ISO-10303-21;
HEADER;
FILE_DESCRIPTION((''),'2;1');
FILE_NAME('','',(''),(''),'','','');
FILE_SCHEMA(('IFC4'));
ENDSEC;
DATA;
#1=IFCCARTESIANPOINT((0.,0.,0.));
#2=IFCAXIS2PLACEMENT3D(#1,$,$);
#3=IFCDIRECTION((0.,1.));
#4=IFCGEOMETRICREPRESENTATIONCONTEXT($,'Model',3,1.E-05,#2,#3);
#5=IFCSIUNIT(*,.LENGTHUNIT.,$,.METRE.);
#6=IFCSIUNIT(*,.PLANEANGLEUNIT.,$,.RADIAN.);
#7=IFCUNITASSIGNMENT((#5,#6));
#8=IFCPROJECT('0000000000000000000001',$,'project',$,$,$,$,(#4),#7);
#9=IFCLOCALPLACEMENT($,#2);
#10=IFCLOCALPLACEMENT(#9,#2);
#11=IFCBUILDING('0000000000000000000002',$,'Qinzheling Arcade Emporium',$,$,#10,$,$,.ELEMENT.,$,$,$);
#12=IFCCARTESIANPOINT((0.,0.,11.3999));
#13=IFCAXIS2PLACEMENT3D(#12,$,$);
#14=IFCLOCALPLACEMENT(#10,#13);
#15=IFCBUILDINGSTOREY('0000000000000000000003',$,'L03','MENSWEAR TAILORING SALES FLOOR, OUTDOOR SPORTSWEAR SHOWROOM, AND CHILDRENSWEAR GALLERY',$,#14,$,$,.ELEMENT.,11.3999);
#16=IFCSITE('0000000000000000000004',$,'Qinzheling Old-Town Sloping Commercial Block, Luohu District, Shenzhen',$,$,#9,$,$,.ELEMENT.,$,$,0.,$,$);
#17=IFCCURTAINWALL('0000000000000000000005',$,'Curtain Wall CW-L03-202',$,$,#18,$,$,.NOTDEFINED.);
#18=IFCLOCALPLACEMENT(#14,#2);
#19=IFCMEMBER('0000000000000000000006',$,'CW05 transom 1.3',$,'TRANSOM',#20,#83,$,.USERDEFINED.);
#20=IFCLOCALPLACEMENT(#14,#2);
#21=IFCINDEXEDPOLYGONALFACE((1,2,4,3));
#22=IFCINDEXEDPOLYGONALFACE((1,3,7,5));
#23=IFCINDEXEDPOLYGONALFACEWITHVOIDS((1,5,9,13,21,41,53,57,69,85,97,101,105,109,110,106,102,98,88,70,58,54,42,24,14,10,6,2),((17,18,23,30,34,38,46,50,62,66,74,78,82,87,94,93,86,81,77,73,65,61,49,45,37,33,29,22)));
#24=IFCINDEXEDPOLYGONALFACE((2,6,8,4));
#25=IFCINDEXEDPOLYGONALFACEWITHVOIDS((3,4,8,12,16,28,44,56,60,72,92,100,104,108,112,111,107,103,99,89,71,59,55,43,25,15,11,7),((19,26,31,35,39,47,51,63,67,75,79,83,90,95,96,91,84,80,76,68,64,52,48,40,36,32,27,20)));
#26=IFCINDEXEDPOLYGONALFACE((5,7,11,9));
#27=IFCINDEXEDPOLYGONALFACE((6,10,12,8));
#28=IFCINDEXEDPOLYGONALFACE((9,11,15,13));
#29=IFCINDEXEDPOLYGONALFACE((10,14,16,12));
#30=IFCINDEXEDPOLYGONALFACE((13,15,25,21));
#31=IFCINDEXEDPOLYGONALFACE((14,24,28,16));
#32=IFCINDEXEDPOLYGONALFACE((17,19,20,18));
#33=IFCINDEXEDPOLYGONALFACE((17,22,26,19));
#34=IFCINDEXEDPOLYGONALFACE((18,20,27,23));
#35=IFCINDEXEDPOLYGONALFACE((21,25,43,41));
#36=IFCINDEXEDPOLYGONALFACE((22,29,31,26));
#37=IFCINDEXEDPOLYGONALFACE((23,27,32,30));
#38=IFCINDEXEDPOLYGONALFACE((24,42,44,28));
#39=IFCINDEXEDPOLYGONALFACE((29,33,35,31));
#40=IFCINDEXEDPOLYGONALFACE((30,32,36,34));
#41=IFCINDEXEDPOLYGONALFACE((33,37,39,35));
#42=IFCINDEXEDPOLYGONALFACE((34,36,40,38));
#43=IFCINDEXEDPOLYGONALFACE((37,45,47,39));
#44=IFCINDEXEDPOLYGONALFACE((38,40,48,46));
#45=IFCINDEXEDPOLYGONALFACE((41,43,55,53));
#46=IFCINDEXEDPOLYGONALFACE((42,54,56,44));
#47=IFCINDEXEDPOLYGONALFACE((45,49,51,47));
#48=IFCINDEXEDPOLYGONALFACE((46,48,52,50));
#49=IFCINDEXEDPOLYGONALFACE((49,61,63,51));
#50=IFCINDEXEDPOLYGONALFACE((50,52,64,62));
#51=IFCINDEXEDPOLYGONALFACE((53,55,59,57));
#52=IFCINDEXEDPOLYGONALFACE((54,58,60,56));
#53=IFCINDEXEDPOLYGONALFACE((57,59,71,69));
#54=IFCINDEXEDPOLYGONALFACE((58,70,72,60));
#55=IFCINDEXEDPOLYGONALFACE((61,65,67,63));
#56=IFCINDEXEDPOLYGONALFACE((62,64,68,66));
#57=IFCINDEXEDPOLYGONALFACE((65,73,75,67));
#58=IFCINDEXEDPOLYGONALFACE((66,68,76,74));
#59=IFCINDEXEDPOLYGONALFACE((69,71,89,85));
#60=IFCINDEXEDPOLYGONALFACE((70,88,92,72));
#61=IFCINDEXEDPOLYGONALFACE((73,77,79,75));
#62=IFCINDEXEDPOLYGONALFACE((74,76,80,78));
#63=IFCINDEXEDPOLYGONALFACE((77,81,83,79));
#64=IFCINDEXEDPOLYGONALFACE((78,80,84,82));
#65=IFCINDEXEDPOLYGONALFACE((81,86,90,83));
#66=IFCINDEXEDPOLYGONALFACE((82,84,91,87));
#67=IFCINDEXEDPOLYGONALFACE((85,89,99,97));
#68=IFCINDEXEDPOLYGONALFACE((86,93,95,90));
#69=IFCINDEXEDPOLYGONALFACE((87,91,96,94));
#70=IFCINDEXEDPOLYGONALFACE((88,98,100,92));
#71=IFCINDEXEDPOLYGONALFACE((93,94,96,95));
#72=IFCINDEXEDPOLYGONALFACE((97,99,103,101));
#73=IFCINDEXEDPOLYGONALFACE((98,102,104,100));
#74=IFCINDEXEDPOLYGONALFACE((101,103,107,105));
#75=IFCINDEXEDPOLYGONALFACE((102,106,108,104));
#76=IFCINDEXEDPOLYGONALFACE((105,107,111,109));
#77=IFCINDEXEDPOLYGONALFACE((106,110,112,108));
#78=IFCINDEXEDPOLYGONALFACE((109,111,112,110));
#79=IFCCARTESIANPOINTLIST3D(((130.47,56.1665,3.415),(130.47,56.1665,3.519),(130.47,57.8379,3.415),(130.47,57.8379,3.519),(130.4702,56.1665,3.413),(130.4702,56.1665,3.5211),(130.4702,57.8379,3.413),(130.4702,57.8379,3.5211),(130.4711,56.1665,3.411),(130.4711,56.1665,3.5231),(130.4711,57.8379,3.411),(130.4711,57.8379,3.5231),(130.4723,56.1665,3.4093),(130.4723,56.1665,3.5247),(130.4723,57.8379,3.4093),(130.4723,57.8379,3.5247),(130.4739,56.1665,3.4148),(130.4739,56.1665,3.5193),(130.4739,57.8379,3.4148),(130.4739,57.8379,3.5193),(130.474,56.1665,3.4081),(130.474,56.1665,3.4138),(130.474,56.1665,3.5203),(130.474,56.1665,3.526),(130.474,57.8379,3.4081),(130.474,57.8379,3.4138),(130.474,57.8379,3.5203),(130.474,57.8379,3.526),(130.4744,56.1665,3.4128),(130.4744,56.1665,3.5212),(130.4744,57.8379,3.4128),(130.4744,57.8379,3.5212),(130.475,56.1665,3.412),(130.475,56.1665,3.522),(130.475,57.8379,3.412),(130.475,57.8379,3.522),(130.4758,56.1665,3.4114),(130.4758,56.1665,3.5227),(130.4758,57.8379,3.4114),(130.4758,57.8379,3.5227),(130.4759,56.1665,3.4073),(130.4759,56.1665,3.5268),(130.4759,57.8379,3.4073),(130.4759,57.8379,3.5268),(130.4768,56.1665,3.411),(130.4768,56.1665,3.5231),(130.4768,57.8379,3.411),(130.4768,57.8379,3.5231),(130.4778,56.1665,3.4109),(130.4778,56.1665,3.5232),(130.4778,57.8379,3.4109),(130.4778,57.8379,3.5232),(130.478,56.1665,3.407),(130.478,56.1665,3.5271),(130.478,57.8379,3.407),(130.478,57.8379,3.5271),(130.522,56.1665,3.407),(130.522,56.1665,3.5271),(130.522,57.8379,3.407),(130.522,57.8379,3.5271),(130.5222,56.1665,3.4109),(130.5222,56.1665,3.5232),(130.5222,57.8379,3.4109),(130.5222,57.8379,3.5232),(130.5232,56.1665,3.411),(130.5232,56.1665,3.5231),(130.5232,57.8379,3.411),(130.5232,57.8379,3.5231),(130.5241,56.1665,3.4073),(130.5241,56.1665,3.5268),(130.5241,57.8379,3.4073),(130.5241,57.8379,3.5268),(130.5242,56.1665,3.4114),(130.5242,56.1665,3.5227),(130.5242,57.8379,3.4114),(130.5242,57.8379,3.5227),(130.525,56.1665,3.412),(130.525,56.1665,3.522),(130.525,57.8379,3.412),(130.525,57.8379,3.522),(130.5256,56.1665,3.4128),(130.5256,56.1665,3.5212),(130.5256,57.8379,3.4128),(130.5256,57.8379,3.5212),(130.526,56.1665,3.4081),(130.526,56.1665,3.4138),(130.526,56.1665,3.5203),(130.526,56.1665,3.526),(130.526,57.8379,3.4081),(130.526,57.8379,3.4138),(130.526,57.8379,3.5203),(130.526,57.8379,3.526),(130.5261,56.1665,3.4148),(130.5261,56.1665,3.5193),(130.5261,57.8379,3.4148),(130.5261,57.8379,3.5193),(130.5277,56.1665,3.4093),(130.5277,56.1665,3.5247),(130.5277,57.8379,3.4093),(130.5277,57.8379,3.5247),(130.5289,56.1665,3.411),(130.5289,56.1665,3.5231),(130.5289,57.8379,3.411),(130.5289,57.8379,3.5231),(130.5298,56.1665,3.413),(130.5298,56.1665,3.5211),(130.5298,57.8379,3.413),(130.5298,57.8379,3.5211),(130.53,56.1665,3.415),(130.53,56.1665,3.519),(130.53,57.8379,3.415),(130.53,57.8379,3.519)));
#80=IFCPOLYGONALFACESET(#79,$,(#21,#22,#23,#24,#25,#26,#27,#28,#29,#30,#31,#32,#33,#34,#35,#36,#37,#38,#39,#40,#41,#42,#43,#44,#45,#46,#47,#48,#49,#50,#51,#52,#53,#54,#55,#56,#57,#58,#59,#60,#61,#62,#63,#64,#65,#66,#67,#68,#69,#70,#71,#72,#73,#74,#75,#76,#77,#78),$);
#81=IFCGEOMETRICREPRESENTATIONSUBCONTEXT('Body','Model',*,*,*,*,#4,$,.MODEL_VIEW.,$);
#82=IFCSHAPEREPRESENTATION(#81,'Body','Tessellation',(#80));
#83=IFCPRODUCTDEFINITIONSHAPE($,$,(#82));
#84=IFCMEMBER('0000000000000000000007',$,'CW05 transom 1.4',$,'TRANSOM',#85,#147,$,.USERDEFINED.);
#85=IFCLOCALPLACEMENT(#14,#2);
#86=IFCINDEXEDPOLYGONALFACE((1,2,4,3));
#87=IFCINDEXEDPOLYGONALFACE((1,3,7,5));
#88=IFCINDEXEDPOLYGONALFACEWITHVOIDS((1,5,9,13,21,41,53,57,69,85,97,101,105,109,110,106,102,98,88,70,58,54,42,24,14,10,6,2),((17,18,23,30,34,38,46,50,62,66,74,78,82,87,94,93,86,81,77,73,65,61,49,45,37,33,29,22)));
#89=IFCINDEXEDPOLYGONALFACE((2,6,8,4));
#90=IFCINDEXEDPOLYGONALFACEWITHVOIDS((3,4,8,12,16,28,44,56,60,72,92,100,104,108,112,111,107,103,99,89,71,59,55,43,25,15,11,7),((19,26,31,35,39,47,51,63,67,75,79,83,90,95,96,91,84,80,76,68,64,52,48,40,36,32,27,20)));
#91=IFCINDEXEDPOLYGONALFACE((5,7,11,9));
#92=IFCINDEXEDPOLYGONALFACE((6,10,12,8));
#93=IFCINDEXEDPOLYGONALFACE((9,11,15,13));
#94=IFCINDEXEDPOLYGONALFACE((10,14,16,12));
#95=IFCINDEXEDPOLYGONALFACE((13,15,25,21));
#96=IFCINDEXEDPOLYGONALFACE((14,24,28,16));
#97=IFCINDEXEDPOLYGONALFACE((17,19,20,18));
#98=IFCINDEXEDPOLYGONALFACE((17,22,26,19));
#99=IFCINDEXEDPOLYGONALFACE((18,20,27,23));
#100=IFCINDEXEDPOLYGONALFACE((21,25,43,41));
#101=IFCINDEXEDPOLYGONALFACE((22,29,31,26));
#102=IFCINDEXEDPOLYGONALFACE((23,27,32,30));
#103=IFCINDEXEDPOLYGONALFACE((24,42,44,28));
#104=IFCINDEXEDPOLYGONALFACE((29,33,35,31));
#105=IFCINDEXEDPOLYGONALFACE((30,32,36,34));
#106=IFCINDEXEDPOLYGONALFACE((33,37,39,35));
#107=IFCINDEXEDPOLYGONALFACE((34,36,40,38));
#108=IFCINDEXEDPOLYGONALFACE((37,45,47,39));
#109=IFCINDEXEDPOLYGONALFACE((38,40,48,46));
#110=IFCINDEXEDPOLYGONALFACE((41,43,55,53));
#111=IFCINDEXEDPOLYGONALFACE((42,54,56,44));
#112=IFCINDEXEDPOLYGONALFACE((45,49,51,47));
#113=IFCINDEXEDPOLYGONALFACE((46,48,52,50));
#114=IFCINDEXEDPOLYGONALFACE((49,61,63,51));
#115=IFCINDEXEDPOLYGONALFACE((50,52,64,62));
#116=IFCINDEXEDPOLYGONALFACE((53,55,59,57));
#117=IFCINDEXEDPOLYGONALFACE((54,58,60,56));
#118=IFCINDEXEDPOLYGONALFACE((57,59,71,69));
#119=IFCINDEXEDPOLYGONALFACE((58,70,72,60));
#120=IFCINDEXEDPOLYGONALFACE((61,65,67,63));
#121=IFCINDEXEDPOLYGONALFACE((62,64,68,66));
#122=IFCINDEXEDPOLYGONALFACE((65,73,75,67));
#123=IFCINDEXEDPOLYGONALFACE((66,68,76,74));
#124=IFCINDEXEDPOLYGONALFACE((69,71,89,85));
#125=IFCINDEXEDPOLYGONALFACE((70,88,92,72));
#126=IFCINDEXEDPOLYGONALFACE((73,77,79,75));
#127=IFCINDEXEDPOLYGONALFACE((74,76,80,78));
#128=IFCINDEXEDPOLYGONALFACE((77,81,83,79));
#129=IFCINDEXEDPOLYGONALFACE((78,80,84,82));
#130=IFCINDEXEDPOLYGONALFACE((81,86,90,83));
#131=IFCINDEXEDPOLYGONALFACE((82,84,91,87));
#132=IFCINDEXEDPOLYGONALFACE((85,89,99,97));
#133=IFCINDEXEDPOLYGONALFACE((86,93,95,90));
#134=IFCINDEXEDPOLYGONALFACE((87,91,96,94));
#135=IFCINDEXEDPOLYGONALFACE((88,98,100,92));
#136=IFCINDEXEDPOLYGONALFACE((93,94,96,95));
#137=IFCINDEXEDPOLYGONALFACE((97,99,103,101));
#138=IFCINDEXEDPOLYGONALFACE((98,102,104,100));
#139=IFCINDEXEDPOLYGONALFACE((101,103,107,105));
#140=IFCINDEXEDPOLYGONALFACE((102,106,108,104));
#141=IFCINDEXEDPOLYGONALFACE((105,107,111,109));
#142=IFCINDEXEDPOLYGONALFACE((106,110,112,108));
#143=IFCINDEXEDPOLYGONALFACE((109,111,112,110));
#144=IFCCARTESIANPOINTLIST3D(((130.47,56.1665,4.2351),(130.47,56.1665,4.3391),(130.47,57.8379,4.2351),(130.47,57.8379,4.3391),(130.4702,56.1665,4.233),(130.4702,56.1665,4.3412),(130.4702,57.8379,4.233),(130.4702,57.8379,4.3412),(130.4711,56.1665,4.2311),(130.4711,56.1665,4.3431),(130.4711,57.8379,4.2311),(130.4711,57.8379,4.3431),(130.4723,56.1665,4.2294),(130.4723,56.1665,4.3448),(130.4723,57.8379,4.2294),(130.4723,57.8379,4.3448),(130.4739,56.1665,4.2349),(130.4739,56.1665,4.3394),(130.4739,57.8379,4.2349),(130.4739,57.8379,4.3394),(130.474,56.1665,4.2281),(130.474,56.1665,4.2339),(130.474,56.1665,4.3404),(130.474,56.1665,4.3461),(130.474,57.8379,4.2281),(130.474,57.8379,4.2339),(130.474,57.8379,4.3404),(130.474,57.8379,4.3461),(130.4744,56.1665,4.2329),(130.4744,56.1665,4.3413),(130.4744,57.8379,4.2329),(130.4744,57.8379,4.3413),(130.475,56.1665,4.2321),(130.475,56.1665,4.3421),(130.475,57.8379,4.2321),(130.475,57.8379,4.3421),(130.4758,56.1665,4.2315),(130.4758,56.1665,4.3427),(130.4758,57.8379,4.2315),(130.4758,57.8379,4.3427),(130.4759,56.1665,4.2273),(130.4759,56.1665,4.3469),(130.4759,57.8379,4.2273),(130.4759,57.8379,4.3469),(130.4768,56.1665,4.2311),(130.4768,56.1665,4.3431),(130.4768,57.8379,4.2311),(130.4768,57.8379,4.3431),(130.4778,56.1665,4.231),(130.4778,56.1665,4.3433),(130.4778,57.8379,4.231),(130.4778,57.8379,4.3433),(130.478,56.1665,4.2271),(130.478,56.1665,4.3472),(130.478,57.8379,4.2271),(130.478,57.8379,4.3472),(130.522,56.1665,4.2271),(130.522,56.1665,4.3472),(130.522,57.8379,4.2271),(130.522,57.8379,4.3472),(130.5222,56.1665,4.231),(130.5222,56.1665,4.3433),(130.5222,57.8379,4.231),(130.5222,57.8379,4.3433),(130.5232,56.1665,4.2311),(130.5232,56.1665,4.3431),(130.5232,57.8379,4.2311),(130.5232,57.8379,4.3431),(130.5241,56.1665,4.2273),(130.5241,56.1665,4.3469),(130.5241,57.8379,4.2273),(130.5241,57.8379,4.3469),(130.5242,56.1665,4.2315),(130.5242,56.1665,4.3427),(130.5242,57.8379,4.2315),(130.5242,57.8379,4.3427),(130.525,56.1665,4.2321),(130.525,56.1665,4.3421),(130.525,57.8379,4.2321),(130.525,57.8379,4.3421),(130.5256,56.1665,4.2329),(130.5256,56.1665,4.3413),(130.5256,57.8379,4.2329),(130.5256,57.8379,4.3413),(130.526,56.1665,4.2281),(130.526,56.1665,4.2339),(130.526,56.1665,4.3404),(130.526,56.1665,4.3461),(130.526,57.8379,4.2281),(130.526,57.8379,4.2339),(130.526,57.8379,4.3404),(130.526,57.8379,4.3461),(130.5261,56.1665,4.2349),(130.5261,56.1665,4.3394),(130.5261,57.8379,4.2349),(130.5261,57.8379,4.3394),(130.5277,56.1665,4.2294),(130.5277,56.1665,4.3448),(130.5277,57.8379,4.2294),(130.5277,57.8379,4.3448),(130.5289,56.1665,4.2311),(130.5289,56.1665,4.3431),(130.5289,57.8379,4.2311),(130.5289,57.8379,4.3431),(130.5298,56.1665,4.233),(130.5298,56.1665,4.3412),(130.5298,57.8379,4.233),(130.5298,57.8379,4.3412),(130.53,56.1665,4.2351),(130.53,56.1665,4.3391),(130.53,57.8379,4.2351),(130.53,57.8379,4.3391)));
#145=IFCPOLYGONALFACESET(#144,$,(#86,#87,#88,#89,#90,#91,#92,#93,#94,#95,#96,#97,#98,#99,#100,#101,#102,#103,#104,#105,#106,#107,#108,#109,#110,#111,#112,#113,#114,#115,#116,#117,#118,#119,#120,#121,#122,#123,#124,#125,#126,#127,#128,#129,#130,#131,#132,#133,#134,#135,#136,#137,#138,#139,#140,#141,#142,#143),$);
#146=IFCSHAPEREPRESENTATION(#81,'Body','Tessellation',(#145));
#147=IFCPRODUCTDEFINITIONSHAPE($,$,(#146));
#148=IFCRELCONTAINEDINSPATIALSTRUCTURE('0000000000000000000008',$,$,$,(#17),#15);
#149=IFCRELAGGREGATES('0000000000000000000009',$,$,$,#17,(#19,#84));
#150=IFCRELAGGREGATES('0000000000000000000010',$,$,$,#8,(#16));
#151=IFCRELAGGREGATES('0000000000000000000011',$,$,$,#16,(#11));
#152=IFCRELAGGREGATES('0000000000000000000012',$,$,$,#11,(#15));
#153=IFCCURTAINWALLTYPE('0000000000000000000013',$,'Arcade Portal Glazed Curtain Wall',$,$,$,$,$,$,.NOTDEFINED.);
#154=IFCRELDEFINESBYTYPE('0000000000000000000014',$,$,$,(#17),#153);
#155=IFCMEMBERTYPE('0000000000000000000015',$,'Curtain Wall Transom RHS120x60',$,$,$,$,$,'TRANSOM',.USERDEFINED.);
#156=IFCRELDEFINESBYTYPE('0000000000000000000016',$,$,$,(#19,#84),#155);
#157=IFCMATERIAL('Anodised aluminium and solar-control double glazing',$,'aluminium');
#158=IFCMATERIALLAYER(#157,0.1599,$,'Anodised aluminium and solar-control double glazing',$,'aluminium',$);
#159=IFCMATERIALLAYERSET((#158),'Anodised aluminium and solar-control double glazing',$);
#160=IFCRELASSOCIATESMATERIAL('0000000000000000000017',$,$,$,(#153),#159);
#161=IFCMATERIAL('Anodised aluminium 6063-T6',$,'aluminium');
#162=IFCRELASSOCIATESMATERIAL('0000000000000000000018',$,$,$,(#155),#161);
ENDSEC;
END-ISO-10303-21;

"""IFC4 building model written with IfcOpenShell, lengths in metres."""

from ifc_helpers import new_model, si_unit, direction, frame, origin, origin_2d, place, context, subcontext, project, spatial, hollow_rectangle, extrude, material, layer, layer_set, material_profile, profile_set, type_object, element, aggregate, save


model = new_model("IFC4")

# Units and contexts
model_context = context("Model", 3, precision=1e-05, world=origin(), true_north=direction((0.0, 1.0)))
body_context = subcontext(model_context, "Body", "Model", "MODEL_VIEW")
ifc_project = project(units=[si_unit("LENGTHUNIT", "METRE"), si_unit("PLANEANGLEUNIT", "RADIAN")], contexts=[model_context])

# Site, building, storey
site_placement = place(None, origin())
site = spatial("IfcSite", under=ifc_project, at=site_placement, Name="Qinzheling Old-Town Sloping Commercial Block, Luohu District, Shenzhen", CompositionType="ELEMENT", RefElevation=0.0)
building_placement = place(site_placement, origin())
building = spatial("IfcBuilding", under=site, at=building_placement, Name="Qinzheling Arcade Emporium", CompositionType="ELEMENT")
storey_placement = place(building_placement, frame((0.0, 0.0, 11.3999)))
storey = spatial("IfcBuildingStorey", under=building, at=storey_placement, Name="L03", Description="MENSWEAR TAILORING SALES FLOOR, OUTDOOR SPORTSWEAR SHOWROOM, AND CHILDRENSWEAR GALLERY", CompositionType="ELEMENT", Elevation=11.3999)

# Shared definitions
ifc_material_1 = material(Name="Anodised aluminium and solar-control double glazing", Category="aluminium")
ifc_layer_1 = layer(ifc_material_1, 0.1599, Name="Anodised aluminium and solar-control double glazing", Category="aluminium")
ifc_layer_set_1 = layer_set([ifc_layer_1], Name="Anodised aluminium and solar-control double glazing")
curtain_wall_type = type_object("IfcCurtainWallType", Name="Arcade Portal Glazed Curtain Wall", PredefinedType="NOTDEFINED", material=ifc_layer_set_1)
ifc_material_2 = material(Name="Anodised aluminium 6063-T6", Category="aluminium")

# Curtain wall
curtain_wall_1_placement = place(storey_placement, origin())
curtain_wall_1 = element("IfcCurtainWall", 1, at=curtain_wall_1_placement, inside=storey, type_object=curtain_wall_type, Name="Curtain Wall CW-L03-202", PredefinedType="NOTDEFINED")

# Members
ifc_material_profile_1 = material_profile(ifc_material_2, hollow_rectangle(XDim=0.0601, YDim=0.1201, WallThickness=0.0039, InnerFilletRadius=0.0039, OuterFilletRadius=0.0081, at=origin_2d()), Name="RHS 120x60x4", Category="aluminium")
ifc_profile_set_1 = profile_set([ifc_material_profile_1], Name="Anodised aluminium 6063-T6")
member_type_1 = type_object("IfcMemberType", Name="Curtain Wall Transom RHS120x60", ElementType="TRANSOM", PredefinedType="USERDEFINED", material=ifc_profile_set_1)
member_1_placement = place(storey_placement, frame((130.5, 57.8379, 3.467), z_axis=(0.0, -1.0, 0.0), x_axis=(1.0, 0.0, 0.0)))
member_1 = element("IfcMember", 2, at=member_1_placement, type_object=member_type_1, Name="CW05 transom 1.3", ObjectType="TRANSOM", PredefinedType="USERDEFINED", context=body_context, shape_type="SweptSolid", body=[
    extrude(hollow_rectangle(XDim=0.0601, YDim=0.1201, WallThickness=0.0039, InnerFilletRadius=0.0039, OuterFilletRadius=0.0081, at=origin_2d()), origin(), (0.0, 0.0, 1.0), 1.6714),
])
member_2_placement = place(storey_placement, frame((130.5, 57.8379, 4.2871), z_axis=(0.0, -1.0, 0.0), x_axis=(1.0, 0.0, 0.0)))
member_2 = element("IfcMember", 3, at=member_2_placement, type_object=member_type_1, Name="CW05 transom 1.4", ObjectType="TRANSOM", PredefinedType="USERDEFINED", context=body_context, shape_type="SweptSolid", body=[
    extrude(hollow_rectangle(XDim=0.0601, YDim=0.1201, WallThickness=0.0039, InnerFilletRadius=0.0039, OuterFilletRadius=0.0081, at=origin_2d()), origin(), (0.0, 0.0, 1.0), 1.6714),
])

aggregate(curtain_wall_1, [member_1, member_2])

save(model, "model.ifc")
